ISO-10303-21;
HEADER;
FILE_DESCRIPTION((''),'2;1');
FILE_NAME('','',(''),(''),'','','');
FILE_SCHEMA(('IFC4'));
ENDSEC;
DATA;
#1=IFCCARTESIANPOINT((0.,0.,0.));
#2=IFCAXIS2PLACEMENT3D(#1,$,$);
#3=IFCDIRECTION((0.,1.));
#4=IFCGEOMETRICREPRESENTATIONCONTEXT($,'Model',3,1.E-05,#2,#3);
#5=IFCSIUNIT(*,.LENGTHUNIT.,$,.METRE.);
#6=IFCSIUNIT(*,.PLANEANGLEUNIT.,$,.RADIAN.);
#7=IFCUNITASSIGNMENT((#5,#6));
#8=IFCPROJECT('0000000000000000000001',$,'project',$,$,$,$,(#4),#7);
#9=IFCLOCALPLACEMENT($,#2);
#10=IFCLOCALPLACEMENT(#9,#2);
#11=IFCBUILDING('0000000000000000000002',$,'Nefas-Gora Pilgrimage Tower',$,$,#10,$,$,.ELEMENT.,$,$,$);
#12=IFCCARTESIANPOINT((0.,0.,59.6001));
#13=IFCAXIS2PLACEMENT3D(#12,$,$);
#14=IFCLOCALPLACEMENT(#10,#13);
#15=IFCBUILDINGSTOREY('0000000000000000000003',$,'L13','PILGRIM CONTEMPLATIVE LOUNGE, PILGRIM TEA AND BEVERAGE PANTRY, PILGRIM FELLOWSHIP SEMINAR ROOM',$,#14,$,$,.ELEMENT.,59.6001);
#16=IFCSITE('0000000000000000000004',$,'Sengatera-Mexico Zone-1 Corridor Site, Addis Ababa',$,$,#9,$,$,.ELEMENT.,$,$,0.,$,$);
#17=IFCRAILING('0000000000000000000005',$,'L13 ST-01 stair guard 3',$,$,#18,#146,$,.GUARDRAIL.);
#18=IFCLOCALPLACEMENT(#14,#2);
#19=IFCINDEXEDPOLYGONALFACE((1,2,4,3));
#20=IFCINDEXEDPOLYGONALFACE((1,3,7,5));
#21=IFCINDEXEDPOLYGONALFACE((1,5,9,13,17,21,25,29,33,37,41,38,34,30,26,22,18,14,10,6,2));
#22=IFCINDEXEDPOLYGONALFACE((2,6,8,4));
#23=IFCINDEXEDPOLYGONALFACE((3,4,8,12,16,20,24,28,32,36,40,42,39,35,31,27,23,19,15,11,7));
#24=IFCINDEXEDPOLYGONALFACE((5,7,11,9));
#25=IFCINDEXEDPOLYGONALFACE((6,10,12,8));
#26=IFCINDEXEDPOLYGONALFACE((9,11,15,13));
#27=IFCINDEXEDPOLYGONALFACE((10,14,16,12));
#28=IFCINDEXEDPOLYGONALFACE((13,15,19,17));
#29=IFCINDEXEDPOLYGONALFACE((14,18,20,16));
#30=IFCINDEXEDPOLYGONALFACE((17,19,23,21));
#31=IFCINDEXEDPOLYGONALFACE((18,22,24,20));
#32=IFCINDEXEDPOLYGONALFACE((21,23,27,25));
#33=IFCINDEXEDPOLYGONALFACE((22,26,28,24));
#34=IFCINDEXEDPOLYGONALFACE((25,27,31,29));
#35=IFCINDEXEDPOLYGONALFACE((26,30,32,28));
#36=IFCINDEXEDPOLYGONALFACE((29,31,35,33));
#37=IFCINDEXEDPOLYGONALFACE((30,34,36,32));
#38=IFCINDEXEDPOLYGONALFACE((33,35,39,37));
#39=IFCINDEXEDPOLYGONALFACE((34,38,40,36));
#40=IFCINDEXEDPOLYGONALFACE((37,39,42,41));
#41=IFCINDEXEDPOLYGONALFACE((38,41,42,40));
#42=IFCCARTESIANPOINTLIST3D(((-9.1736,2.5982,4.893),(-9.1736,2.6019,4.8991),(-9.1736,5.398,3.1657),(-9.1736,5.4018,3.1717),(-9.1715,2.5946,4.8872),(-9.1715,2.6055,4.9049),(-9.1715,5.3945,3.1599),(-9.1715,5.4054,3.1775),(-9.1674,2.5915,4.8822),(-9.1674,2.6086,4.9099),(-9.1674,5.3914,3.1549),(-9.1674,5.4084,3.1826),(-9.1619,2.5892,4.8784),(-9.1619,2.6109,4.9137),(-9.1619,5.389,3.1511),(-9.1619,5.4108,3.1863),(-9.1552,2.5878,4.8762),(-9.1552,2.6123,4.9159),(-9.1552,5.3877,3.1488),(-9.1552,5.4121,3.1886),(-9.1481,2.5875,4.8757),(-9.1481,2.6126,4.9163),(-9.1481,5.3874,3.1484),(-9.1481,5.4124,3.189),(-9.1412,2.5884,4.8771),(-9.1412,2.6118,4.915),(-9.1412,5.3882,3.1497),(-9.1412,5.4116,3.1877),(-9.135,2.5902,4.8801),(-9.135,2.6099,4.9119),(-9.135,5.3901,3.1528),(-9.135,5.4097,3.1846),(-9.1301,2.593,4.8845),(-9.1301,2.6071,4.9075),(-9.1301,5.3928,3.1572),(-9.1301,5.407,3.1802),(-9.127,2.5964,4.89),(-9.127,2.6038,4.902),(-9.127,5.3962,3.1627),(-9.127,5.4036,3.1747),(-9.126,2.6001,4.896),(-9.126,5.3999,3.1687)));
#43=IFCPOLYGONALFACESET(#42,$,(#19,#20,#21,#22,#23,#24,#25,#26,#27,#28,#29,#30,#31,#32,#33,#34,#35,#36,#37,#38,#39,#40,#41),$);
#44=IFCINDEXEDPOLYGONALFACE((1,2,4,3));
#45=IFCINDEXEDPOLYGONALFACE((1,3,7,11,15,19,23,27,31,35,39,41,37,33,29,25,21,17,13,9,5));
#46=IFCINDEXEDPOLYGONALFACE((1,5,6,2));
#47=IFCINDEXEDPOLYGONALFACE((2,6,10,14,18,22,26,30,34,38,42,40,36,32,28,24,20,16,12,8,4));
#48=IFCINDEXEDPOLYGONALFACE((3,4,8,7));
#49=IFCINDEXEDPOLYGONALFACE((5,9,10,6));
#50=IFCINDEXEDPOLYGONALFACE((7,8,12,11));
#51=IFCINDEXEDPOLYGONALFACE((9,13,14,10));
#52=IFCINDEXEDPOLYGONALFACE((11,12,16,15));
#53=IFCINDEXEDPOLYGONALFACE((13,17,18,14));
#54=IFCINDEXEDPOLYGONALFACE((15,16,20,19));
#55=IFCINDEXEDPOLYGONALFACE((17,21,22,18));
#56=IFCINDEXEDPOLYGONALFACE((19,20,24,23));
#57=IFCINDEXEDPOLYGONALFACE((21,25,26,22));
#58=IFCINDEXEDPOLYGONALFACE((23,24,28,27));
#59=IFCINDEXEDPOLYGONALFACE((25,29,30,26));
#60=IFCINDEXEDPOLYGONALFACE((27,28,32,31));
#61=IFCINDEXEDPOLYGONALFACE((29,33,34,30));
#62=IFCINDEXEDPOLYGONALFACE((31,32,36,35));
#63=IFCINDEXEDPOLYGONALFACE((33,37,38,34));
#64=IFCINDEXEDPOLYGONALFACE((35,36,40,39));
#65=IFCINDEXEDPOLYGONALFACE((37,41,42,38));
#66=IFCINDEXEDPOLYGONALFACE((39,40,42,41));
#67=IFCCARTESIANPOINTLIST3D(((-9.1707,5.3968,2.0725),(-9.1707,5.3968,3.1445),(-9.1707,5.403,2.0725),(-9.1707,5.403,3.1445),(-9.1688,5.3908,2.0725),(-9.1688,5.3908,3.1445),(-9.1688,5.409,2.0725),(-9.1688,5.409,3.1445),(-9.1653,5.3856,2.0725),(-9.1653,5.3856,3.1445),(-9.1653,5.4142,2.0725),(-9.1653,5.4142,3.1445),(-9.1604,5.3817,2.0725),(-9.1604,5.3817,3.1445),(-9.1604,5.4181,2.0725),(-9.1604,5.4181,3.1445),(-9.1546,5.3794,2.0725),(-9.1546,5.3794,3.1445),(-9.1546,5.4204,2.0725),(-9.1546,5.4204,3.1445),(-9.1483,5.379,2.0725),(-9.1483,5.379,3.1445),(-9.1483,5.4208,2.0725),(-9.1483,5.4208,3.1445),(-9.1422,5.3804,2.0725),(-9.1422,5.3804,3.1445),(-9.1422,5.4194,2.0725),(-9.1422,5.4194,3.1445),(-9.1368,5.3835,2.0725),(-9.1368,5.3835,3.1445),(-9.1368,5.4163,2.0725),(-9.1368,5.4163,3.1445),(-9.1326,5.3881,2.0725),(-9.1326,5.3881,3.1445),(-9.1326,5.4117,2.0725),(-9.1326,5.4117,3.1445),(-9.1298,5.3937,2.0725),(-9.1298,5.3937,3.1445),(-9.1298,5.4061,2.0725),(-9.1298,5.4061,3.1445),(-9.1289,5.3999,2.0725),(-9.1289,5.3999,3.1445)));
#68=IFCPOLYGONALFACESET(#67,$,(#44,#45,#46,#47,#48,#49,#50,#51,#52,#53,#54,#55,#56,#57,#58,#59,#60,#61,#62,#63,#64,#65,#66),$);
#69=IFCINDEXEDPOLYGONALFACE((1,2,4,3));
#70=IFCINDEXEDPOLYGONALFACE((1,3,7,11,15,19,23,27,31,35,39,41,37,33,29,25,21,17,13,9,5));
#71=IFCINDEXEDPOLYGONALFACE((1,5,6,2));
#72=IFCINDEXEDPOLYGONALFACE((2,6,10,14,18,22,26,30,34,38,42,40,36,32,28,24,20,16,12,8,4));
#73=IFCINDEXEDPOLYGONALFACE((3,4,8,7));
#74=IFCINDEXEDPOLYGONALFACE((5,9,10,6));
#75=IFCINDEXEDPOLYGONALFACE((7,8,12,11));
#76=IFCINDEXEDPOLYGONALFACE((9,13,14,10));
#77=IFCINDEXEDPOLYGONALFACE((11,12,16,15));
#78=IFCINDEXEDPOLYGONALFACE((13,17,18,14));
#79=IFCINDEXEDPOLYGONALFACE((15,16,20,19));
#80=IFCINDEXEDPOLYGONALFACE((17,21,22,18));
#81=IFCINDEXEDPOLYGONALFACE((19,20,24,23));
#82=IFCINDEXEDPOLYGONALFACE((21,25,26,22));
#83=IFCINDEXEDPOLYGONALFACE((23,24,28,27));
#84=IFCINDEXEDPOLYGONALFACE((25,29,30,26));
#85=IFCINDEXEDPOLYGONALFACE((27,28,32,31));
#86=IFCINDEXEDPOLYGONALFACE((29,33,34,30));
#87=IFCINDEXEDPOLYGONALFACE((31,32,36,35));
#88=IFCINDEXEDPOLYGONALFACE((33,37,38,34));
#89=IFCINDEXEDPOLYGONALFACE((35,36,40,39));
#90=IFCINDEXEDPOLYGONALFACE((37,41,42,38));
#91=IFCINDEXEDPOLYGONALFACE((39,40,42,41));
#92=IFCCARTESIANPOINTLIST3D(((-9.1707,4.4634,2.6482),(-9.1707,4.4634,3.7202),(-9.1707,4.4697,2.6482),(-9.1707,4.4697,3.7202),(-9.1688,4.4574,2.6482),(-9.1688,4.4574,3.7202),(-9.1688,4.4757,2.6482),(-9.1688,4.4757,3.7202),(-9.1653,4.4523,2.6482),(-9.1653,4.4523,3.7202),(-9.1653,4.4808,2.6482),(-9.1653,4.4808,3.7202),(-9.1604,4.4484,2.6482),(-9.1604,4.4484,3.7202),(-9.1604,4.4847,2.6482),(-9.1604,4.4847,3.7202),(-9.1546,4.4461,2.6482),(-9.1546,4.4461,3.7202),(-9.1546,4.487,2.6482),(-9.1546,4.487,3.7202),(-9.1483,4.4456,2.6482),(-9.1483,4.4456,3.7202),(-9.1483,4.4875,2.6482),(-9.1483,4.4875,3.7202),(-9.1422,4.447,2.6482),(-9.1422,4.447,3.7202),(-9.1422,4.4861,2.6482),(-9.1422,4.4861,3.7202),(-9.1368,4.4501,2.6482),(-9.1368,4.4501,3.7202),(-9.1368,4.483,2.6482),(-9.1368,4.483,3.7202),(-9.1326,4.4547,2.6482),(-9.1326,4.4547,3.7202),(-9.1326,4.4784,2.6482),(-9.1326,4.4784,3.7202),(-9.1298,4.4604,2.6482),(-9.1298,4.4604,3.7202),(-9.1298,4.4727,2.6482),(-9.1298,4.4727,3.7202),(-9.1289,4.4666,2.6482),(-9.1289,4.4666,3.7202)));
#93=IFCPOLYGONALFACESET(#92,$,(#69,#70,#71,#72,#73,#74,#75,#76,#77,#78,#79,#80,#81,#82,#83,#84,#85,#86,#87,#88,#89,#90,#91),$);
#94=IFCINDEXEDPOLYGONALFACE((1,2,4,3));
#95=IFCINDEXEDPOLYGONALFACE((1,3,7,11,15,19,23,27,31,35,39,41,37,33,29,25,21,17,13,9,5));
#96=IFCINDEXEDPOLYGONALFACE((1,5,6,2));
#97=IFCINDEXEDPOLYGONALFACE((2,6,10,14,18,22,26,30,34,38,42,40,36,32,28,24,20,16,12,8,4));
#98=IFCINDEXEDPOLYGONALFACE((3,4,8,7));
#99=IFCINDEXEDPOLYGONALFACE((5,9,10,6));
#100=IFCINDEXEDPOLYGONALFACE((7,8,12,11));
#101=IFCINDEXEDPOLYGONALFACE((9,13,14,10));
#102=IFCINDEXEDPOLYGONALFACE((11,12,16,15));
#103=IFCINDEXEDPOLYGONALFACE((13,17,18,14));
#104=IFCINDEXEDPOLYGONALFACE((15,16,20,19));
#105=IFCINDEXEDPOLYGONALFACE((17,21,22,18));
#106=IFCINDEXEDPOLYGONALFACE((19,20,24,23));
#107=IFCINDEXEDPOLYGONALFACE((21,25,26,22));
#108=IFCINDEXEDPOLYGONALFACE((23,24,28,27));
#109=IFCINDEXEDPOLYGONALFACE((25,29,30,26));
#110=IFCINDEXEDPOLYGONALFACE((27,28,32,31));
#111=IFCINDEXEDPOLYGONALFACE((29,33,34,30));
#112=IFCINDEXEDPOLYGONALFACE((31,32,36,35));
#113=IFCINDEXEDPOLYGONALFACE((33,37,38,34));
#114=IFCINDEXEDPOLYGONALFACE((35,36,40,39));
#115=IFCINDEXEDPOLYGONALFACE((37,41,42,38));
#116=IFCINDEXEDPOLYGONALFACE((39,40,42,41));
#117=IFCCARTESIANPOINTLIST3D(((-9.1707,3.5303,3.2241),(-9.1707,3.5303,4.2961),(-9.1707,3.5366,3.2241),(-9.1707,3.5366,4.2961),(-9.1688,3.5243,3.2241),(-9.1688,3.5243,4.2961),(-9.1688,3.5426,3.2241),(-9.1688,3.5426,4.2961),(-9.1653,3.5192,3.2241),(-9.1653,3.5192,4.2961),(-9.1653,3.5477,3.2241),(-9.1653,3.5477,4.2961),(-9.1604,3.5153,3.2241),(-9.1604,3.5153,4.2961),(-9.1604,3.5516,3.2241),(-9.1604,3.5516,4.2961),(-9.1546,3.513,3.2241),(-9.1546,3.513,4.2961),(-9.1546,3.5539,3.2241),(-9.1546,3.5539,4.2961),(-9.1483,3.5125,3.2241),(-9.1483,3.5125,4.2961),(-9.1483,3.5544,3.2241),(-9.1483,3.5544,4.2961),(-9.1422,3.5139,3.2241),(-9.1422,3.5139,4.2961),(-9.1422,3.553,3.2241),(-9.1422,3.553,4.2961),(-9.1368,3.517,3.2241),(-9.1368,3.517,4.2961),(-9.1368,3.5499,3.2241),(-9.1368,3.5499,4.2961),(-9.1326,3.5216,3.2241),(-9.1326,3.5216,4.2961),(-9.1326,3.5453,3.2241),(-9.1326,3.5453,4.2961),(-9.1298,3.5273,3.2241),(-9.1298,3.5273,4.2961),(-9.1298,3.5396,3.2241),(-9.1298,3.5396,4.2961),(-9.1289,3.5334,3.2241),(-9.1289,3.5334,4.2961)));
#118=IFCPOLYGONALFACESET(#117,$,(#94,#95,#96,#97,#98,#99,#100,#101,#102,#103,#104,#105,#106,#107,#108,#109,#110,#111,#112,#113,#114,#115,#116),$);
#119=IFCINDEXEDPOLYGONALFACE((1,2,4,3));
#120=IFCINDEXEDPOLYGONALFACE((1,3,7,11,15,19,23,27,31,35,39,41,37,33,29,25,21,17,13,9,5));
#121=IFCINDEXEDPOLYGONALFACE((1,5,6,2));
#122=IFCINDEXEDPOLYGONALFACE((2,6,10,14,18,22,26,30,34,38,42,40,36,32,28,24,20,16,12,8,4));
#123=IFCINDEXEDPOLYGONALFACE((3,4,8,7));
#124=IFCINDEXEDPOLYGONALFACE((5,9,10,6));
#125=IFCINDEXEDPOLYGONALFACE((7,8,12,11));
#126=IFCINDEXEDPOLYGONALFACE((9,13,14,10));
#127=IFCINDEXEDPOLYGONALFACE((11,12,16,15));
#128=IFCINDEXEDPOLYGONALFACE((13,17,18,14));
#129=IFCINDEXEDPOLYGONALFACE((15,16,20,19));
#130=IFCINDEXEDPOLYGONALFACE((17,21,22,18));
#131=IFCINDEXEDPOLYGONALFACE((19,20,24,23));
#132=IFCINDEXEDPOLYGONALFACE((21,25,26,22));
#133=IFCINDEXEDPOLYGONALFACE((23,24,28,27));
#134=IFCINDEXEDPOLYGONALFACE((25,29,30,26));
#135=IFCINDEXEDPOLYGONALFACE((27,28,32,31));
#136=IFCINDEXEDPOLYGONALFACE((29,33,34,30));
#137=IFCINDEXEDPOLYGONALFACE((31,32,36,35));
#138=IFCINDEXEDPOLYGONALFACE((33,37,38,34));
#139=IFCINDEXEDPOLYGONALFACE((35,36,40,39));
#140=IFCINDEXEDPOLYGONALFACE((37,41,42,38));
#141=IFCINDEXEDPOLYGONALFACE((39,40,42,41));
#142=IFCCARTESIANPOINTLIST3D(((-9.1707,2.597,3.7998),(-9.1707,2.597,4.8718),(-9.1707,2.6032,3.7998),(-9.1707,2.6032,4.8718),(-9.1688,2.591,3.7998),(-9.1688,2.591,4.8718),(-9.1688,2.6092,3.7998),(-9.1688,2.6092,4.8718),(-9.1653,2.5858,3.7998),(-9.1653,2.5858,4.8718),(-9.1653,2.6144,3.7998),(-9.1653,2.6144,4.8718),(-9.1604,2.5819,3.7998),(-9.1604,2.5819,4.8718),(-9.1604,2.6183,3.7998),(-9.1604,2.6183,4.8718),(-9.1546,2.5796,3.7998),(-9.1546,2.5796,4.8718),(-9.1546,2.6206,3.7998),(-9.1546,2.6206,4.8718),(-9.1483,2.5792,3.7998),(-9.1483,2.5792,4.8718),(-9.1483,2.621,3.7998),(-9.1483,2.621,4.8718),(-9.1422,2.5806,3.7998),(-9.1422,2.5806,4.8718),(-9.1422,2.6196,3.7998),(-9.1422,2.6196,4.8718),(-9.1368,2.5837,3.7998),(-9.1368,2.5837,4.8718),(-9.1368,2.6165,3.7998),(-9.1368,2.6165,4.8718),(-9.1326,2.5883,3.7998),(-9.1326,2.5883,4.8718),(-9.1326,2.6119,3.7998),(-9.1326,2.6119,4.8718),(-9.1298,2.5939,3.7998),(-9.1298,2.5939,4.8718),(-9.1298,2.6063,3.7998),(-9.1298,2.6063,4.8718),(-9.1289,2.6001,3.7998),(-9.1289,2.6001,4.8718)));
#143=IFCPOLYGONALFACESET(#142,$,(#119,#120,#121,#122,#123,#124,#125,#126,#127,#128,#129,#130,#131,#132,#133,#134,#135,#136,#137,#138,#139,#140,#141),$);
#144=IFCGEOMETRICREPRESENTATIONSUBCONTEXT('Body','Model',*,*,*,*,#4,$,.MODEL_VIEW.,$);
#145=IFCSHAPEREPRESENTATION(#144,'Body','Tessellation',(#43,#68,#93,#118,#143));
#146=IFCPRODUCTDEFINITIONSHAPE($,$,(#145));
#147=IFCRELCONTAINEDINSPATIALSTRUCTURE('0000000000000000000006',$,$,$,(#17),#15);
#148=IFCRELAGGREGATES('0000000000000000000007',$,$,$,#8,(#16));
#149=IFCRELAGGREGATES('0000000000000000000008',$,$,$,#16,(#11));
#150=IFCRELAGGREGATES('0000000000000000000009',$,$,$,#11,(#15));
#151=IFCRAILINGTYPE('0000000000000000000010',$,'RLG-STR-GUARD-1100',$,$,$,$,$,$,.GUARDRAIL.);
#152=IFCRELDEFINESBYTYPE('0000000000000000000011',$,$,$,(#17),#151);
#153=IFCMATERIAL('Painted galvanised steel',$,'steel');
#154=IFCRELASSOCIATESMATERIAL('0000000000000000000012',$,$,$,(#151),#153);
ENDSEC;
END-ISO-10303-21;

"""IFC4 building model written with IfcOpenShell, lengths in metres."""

from ifc_helpers import new_model, si_unit, direction, frame, origin, origin_2d, place, context, subcontext, project, spatial, circle, extrude, material, type_object, element, save


model = new_model("IFC4")

# Units and contexts
model_context = context("Model", 3, precision=1e-05, world=origin(), true_north=direction((0.0, 1.0)))
body_context = subcontext(model_context, "Body", "Model", "MODEL_VIEW")
ifc_project = project(units=[si_unit("LENGTHUNIT", "METRE"), si_unit("PLANEANGLEUNIT", "RADIAN")], contexts=[model_context])

# Site, building, storey
site_placement = place(None, origin())
site = spatial("IfcSite", under=ifc_project, at=site_placement, Name="Sengatera-Mexico Zone-1 Corridor Site, Addis Ababa", CompositionType="ELEMENT", RefElevation=0.0)
building_placement = place(site_placement, origin())
building = spatial("IfcBuilding", under=site, at=building_placement, Name="Nefas-Gora Pilgrimage Tower", CompositionType="ELEMENT")
storey_placement = place(building_placement, frame((0.0, 0.0, 59.6001)))
storey = spatial("IfcBuildingStorey", under=building, at=storey_placement, Name="L13", Description="PILGRIM CONTEMPLATIVE LOUNGE, PILGRIM TEA AND BEVERAGE PANTRY, PILGRIM FELLOWSHIP SEMINAR ROOM", CompositionType="ELEMENT", Elevation=59.6001)

# Railing
ifc_material_1 = material(Name="Painted galvanised steel", Category="steel")
railing_type_1 = type_object("IfcRailingType", Name="RLG-STR-GUARD-1100", PredefinedType="GUARDRAIL", material=ifc_material_1)
railing_1_placement = place(storey_placement, frame((-9.1499, 5.3999, 2.0725)))
element("IfcRailing", 1, at=railing_1_placement, inside=storey, type_object=railing_type_1, Name="L13 ST-01 stair guard 3", PredefinedType="GUARDRAIL", context=body_context, shape_type="SweptSolid", body=[
    extrude(circle(Radius=0.0239, at=origin_2d()), frame((0.0, 0.0, 1.0962), z_axis=(0.0, -0.851069, 0.525054), x_axis=(1.0, 0.0, 0.0)), (0.0, 0.0, 1.0), 3.2898),
    extrude(circle(Radius=0.021, at=origin_2d()), origin(), (0.0, 0.0, 1.0), 1.072),
    extrude(circle(Radius=0.021, at=origin_2d()), frame((0.0, -0.9333, 0.5757)), (0.0, 0.0, 1.0), 1.072),
    extrude(circle(Radius=0.021, at=origin_2d()), frame((0.0, -1.8665, 1.1516)), (0.0, 0.0, 1.0), 1.072),
    extrude(circle(Radius=0.021, at=origin_2d()), frame((0.0, -2.7998, 1.7273)), (0.0, 0.0, 1.0), 1.072),
])

save(model, "model.ifc")
